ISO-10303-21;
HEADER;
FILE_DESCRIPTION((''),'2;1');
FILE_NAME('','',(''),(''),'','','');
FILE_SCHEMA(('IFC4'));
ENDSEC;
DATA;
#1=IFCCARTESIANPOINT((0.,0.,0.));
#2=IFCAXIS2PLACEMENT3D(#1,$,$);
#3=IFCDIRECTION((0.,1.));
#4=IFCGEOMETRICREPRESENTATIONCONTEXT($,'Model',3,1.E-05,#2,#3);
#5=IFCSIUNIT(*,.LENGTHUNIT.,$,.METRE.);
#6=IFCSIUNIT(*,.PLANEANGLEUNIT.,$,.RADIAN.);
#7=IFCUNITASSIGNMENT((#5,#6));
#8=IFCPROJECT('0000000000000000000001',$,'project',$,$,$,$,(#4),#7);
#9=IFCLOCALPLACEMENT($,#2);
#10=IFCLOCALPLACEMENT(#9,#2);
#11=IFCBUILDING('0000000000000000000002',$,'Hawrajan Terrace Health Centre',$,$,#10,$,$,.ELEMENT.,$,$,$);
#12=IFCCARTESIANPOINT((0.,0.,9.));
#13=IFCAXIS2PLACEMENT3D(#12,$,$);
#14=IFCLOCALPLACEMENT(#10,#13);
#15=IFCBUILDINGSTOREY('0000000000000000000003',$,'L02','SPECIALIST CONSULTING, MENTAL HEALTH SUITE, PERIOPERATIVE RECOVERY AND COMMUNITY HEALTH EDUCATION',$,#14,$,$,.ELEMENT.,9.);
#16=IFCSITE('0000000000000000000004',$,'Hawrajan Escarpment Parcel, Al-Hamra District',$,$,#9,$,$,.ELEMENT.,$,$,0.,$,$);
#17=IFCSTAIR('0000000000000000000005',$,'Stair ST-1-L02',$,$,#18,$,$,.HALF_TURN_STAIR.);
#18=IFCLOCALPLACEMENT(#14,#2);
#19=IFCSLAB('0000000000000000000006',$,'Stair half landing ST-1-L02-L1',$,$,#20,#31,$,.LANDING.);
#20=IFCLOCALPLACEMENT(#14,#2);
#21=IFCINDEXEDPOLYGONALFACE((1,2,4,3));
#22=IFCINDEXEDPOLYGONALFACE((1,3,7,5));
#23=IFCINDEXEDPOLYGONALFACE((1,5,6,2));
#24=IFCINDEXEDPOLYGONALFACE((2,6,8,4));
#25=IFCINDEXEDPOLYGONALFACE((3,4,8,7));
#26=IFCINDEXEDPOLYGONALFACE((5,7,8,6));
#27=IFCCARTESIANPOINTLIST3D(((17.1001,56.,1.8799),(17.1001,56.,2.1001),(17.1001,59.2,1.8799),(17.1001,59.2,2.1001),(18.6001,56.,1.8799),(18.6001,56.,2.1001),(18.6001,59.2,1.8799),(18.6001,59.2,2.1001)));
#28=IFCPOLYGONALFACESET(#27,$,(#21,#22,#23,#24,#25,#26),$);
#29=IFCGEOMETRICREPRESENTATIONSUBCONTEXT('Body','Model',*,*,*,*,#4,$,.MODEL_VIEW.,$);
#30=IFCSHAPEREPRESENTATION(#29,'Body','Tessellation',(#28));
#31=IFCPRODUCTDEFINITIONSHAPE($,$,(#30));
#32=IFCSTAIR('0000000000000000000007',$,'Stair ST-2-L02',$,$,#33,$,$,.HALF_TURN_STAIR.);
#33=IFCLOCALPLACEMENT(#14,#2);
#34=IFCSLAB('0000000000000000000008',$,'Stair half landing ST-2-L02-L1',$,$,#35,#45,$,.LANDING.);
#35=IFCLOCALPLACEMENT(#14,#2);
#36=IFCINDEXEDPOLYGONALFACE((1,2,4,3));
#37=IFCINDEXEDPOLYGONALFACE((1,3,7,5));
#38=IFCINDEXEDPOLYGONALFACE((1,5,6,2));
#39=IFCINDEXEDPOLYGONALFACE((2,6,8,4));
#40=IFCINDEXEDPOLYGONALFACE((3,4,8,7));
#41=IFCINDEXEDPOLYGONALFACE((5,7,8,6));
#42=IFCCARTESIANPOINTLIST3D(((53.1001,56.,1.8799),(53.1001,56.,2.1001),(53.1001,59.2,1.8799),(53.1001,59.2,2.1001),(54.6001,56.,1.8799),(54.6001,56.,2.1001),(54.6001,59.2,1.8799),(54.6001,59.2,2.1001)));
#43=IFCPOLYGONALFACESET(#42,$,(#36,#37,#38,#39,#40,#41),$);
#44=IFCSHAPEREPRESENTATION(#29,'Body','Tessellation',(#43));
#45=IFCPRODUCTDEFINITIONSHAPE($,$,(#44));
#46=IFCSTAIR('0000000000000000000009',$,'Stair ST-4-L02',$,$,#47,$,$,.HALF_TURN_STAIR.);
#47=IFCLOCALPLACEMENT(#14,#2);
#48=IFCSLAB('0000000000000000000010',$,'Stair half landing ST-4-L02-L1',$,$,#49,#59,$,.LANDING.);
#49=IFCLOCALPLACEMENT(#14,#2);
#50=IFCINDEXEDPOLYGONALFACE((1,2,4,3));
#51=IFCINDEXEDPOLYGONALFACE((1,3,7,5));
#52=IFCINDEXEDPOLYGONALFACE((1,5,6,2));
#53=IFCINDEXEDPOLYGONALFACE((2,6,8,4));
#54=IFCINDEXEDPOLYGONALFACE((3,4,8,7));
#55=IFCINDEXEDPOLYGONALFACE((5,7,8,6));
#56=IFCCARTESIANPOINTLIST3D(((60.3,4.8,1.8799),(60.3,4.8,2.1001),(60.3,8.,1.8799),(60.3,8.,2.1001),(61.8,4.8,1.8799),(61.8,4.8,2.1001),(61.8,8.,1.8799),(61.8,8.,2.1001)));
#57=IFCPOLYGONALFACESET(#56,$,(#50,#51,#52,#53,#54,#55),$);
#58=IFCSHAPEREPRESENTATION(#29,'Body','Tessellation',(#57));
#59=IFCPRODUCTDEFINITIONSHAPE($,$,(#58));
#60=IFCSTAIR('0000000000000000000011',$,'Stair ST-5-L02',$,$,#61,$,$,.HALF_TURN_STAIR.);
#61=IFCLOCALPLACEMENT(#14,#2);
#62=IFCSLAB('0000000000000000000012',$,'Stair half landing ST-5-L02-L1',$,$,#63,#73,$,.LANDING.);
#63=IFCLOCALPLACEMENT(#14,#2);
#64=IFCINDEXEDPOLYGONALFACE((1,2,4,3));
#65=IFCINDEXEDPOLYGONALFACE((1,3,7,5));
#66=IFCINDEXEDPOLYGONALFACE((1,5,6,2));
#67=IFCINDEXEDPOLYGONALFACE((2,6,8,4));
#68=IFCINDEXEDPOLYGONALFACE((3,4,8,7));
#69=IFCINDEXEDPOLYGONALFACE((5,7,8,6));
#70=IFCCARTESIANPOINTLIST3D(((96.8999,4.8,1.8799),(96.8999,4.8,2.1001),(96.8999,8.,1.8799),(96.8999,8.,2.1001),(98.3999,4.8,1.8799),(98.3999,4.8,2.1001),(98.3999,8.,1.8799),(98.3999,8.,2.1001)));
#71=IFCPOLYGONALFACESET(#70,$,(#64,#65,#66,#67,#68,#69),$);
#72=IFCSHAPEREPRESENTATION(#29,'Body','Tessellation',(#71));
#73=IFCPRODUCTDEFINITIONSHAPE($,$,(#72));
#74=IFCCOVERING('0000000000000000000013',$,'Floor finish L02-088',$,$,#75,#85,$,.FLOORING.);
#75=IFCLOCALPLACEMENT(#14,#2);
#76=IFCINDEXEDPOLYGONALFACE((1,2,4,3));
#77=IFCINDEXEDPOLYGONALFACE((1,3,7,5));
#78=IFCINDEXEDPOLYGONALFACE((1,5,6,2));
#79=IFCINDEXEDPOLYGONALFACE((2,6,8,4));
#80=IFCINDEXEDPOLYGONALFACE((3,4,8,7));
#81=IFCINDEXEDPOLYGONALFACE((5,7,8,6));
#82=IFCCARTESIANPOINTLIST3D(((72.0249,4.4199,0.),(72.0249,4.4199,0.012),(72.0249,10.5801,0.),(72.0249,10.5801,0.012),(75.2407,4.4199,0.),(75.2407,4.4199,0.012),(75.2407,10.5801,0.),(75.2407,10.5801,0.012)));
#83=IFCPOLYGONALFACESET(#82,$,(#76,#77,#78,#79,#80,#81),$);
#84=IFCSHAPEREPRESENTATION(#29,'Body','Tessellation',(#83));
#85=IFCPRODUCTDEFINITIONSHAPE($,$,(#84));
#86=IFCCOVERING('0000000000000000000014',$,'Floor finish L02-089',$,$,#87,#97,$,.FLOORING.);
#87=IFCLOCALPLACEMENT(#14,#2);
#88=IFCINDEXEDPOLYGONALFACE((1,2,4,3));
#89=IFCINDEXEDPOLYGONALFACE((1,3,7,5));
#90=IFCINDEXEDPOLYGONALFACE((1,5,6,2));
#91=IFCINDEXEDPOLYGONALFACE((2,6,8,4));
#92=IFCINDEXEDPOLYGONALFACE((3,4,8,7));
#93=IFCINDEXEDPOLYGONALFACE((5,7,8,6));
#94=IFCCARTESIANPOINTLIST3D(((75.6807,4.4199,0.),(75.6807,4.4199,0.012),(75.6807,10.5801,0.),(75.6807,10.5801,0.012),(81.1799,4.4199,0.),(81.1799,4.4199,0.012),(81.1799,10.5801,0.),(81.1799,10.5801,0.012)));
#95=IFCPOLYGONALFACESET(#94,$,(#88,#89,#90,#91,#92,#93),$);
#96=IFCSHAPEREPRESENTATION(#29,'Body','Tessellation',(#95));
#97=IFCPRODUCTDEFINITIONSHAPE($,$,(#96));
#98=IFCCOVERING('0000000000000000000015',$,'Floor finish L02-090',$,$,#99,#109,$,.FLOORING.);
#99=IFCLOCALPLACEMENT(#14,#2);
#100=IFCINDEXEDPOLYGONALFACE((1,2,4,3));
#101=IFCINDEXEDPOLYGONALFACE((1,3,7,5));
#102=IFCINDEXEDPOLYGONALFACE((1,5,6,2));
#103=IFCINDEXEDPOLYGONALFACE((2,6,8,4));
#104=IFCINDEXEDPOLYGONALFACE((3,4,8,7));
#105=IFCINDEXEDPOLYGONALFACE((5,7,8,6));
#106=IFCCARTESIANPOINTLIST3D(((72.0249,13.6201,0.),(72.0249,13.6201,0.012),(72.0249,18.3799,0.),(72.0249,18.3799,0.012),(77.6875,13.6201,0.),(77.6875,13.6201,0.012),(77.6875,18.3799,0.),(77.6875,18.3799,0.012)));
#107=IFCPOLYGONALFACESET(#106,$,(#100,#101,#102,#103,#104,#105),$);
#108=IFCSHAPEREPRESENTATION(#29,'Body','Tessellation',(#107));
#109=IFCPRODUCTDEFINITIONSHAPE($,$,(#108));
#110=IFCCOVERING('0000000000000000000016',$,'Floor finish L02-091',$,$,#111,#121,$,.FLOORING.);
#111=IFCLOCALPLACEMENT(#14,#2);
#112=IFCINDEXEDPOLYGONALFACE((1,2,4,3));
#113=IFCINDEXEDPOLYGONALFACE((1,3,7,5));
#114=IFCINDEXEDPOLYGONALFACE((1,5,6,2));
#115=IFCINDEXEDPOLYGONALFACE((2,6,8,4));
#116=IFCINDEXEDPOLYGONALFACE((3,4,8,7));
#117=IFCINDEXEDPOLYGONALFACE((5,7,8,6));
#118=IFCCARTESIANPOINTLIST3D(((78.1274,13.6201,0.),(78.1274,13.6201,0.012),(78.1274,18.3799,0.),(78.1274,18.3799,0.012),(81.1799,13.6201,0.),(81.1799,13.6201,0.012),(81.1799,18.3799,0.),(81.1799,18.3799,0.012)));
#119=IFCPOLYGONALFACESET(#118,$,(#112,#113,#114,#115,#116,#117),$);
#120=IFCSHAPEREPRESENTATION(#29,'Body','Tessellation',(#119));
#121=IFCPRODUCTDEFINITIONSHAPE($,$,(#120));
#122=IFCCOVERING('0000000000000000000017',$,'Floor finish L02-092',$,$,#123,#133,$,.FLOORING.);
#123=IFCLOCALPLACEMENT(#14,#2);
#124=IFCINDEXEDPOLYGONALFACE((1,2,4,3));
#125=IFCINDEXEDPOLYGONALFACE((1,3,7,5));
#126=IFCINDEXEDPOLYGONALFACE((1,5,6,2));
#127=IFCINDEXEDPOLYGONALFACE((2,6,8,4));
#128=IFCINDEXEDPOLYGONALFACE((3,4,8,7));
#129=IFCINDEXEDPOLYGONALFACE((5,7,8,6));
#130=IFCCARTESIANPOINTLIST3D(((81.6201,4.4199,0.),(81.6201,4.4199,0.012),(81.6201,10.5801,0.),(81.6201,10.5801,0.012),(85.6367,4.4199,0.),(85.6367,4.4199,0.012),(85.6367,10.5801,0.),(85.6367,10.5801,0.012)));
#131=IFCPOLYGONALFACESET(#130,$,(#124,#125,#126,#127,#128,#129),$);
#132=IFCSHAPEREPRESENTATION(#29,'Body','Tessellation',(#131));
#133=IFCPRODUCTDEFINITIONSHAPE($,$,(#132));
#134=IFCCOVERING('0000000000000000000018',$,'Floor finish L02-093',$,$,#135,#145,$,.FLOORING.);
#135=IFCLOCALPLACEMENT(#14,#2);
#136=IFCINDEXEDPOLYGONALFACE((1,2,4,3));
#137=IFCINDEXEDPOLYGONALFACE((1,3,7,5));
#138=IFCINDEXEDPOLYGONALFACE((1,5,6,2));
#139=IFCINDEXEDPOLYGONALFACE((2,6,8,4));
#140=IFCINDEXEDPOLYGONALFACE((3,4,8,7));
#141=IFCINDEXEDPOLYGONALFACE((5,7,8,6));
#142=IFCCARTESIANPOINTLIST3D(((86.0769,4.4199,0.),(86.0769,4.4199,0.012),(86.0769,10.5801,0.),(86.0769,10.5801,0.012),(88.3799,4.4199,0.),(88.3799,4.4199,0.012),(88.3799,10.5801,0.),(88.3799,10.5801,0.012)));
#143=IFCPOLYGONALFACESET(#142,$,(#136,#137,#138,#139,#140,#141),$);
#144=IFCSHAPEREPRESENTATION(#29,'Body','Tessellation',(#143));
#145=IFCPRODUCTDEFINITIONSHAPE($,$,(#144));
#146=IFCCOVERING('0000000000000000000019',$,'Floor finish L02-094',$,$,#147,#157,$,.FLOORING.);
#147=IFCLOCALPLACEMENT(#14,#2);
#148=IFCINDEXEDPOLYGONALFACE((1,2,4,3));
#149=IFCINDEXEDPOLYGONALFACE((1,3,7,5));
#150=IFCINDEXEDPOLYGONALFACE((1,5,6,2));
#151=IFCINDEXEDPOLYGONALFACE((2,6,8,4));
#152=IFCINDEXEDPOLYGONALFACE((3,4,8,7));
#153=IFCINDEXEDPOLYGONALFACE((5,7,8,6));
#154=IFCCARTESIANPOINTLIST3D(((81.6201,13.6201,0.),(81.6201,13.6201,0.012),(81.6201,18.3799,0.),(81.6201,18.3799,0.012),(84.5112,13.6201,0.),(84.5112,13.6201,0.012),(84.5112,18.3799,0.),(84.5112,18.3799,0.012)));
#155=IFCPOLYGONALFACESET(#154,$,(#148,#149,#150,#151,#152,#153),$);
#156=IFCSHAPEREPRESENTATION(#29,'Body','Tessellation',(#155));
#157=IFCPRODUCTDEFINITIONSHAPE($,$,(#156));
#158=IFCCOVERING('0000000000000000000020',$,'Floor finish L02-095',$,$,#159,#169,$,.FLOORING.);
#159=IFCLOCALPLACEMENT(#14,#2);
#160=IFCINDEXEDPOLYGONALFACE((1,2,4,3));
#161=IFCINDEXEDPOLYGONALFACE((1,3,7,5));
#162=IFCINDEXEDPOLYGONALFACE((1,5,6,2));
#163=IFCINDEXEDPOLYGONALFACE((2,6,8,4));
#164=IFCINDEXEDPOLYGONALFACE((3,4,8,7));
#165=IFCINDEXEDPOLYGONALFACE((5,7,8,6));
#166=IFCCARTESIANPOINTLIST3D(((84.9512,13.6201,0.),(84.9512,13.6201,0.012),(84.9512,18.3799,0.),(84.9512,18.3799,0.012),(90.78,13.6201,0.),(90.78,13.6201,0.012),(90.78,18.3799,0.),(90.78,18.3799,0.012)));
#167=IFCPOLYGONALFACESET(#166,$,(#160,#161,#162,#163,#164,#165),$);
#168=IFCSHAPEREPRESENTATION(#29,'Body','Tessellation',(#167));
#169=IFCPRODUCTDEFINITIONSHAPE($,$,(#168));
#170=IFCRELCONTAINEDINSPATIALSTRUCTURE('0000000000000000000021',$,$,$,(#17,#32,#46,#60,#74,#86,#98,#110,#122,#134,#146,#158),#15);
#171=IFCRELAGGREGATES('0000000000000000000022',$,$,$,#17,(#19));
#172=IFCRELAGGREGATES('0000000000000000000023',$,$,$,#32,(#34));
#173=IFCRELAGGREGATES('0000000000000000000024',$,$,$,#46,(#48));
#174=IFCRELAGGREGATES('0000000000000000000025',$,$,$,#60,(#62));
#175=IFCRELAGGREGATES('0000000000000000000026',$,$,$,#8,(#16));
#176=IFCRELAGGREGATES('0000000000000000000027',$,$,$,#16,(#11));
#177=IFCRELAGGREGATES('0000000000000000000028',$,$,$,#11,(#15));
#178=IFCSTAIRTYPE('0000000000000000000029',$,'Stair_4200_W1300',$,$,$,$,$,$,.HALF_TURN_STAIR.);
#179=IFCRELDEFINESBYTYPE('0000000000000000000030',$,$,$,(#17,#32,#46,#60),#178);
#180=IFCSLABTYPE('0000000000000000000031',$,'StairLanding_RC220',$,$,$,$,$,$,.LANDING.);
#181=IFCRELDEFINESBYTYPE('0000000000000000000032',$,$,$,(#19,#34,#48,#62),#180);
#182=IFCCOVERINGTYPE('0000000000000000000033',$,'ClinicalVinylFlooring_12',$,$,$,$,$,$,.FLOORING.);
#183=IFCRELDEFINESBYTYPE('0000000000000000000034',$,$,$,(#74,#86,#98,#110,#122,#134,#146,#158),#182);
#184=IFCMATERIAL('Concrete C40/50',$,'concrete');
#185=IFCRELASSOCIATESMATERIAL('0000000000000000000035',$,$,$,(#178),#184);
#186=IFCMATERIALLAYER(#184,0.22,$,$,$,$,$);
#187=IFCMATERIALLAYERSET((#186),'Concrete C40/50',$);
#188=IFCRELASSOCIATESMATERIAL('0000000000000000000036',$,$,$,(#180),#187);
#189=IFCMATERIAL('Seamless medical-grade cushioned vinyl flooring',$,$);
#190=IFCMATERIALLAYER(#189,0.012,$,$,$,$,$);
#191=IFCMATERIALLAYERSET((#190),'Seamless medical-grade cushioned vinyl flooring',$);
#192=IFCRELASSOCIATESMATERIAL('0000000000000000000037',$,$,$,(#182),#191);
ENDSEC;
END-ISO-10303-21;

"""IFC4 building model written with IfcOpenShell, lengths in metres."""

from ifc_helpers import new_model, si_unit, direction, frame, origin, place, context, subcontext, project, spatial, polyline, outline, extrude, material, layer, layer_set, type_object, element, aggregate, save


model = new_model("IFC4")

# Units and contexts
model_context = context("Model", 3, precision=1e-05, world=origin(), true_north=direction((0.0, 1.0)))
body_context = subcontext(model_context, "Body", "Model", "MODEL_VIEW")
ifc_project = project(units=[si_unit("LENGTHUNIT", "METRE"), si_unit("PLANEANGLEUNIT", "RADIAN")], contexts=[model_context])

# Site, building, storey
site_placement = place(None, origin())
site = spatial("IfcSite", under=ifc_project, at=site_placement, Name="Hawrajan Escarpment Parcel, Al-Hamra District", CompositionType="ELEMENT", RefElevation=0.0)
building_placement = place(site_placement, origin())
building = spatial("IfcBuilding", under=site, at=building_placement, Name="Hawrajan Terrace Health Centre", CompositionType="ELEMENT")
storey_placement = place(building_placement, frame((0.0, 0.0, 9.0)))
storey = spatial("IfcBuildingStorey", under=building, at=storey_placement, Name="L02", Description="SPECIALIST CONSULTING, MENTAL HEALTH SUITE, PERIOPERATIVE RECOVERY AND COMMUNITY HEALTH EDUCATION", CompositionType="ELEMENT", Elevation=9.0)

# Stairs, slabs
ifc_material_1 = material(Name="Concrete C40/50", Category="concrete")
stair_type = type_object("IfcStairType", Name="Stair_4200_W1300", PredefinedType="HALF_TURN_STAIR", material=ifc_material_1)
stair_1_placement = place(storey_placement, origin())
stair_1 = element("IfcStair", 1, at=stair_1_placement, inside=storey, type_object=stair_type, Name="Stair ST-1-L02", PredefinedType="HALF_TURN_STAIR")
ifc_layer_1 = layer(ifc_material_1, 0.22)
ifc_layer_set_1 = layer_set([ifc_layer_1], Name="Concrete C40/50")
slab_type = type_object("IfcSlabType", Name="StairLanding_RC220", PredefinedType="LANDING", material=ifc_layer_set_1)
slab_1_placement = place(storey_placement, frame((0.0, 0.0, 1.8799)))
slab_1 = element("IfcSlab", 2, at=slab_1_placement, type_object=slab_type, Name="Stair half landing ST-1-L02-L1", PredefinedType="LANDING", context=body_context, shape_type="SweptSolid", body=[
    extrude(outline(polyline([(17.1001, 56.0), (18.6001, 56.0), (18.6001, 59.2), (17.1001, 59.2), (17.1001, 56.0)])), origin(), (0.0, 0.0, 1.0), 0.2202),
])
aggregate(stair_1, [slab_1])
stair_2_placement = place(storey_placement, origin())
stair_2 = element("IfcStair", 3, at=stair_2_placement, inside=storey, type_object=stair_type, Name="Stair ST-2-L02", PredefinedType="HALF_TURN_STAIR")
slab_2_placement = place(storey_placement, frame((0.0, 0.0, 1.8799)))
slab_2 = element("IfcSlab", 4, at=slab_2_placement, type_object=slab_type, Name="Stair half landing ST-2-L02-L1", PredefinedType="LANDING", context=body_context, shape_type="SweptSolid", body=[
    extrude(outline(polyline([(53.1001, 56.0), (54.6001, 56.0), (54.6001, 59.2), (53.1001, 59.2), (53.1001, 56.0)])), origin(), (0.0, 0.0, 1.0), 0.2202),
])
aggregate(stair_2, [slab_2])
stair_3_placement = place(storey_placement, origin())
stair_3 = element("IfcStair", 5, at=stair_3_placement, inside=storey, type_object=stair_type, Name="Stair ST-4-L02", PredefinedType="HALF_TURN_STAIR")
slab_3_placement = place(storey_placement, frame((0.0, 0.0, 1.8799)))
slab_3 = element("IfcSlab", 6, at=slab_3_placement, type_object=slab_type, Name="Stair half landing ST-4-L02-L1", PredefinedType="LANDING", context=body_context, shape_type="SweptSolid", body=[
    extrude(outline(polyline([(60.3, 4.8), (61.8, 4.8), (61.8, 8.0), (60.3, 8.0), (60.3, 4.8)])), origin(), (0.0, 0.0, 1.0), 0.2202),
])
aggregate(stair_3, [slab_3])
stair_4_placement = place(storey_placement, origin())
stair_4 = element("IfcStair", 7, at=stair_4_placement, inside=storey, type_object=stair_type, Name="Stair ST-5-L02", PredefinedType="HALF_TURN_STAIR")
slab_4_placement = place(storey_placement, frame((0.0, 0.0, 1.8799)))
slab_4 = element("IfcSlab", 8, at=slab_4_placement, type_object=slab_type, Name="Stair half landing ST-5-L02-L1", PredefinedType="LANDING", context=body_context, shape_type="SweptSolid", body=[
    extrude(outline(polyline([(96.8999, 4.8), (98.3999, 4.8), (98.3999, 8.0), (96.8999, 8.0), (96.8999, 4.8)])), origin(), (0.0, 0.0, 1.0), 0.2202),
])
aggregate(stair_4, [slab_4])

# Coverings
ifc_material_2 = material(Name="Seamless medical-grade cushioned vinyl flooring")
ifc_layer_2 = layer(ifc_material_2, 0.012)
ifc_layer_set_2 = layer_set([ifc_layer_2], Name="Seamless medical-grade cushioned vinyl flooring")
covering_type = type_object("IfcCoveringType", Name="ClinicalVinylFlooring_12", PredefinedType="FLOORING", material=ifc_layer_set_2)
covering_1_placement = place(storey_placement, origin())
element("IfcCovering", 9, at=covering_1_placement, inside=storey, type_object=covering_type, Name="Floor finish L02-088", PredefinedType="FLOORING", context=body_context, shape_type="SweptSolid", body=[
    extrude(outline(polyline([(72.0249, 10.5801), (75.2407, 10.5801), (75.2407, 4.4199), (72.0249, 4.4199), (72.0249, 10.5801)])), origin(), (0.0, 0.0, 1.0), 0.012),
])
covering_2_placement = place(storey_placement, origin())
element("IfcCovering", 10, at=covering_2_placement, inside=storey, type_object=covering_type, Name="Floor finish L02-089", PredefinedType="FLOORING", context=body_context, shape_type="SweptSolid", body=[
    extrude(outline(polyline([(75.6807, 10.5801), (81.1799, 10.5801), (81.1799, 4.4199), (75.6807, 4.4199), (75.6807, 10.5801)])), origin(), (0.0, 0.0, 1.0), 0.012),
])
covering_3_placement = place(storey_placement, origin())
element("IfcCovering", 11, at=covering_3_placement, inside=storey, type_object=covering_type, Name="Floor finish L02-090", PredefinedType="FLOORING", context=body_context, shape_type="SweptSolid", body=[
    extrude(outline(polyline([(72.0249, 18.3799), (77.6875, 18.3799), (77.6875, 13.6201), (72.0249, 13.6201), (72.0249, 18.3799)])), origin(), (0.0, 0.0, 1.0), 0.012),
])
covering_4_placement = place(storey_placement, origin())
element("IfcCovering", 12, at=covering_4_placement, inside=storey, type_object=covering_type, Name="Floor finish L02-091", PredefinedType="FLOORING", context=body_context, shape_type="SweptSolid", body=[
    extrude(outline(polyline([(78.1274, 18.3799), (81.1799, 18.3799), (81.1799, 13.6201), (78.1274, 13.6201), (78.1274, 18.3799)])), origin(), (0.0, 0.0, 1.0), 0.012),
])
covering_5_placement = place(storey_placement, origin())
element("IfcCovering", 13, at=covering_5_placement, inside=storey, type_object=covering_type, Name="Floor finish L02-092", PredefinedType="FLOORING", context=body_context, shape_type="SweptSolid", body=[
    extrude(outline(polyline([(81.6201, 10.5801), (85.6367, 10.5801), (85.6367, 4.4199), (81.6201, 4.4199), (81.6201, 10.5801)])), origin(), (0.0, 0.0, 1.0), 0.012),
])
covering_6_placement = place(storey_placement, origin())
element("IfcCovering", 14, at=covering_6_placement, inside=storey, type_object=covering_type, Name="Floor finish L02-093", PredefinedType="FLOORING", context=body_context, shape_type="SweptSolid", body=[
    extrude(outline(polyline([(86.0769, 10.5801), (88.3799, 10.5801), (88.3799, 4.4199), (86.0769, 4.4199), (86.0769, 10.5801)])), origin(), (0.0, 0.0, 1.0), 0.012),
])
covering_7_placement = place(storey_placement, origin())
element("IfcCovering", 15, at=covering_7_placement, inside=storey, type_object=covering_type, Name="Floor finish L02-094", PredefinedType="FLOORING", context=body_context, shape_type="SweptSolid", body=[
    extrude(outline(polyline([(81.6201, 18.3799), (84.5112, 18.3799), (84.5112, 13.6201), (81.6201, 13.6201), (81.6201, 18.3799)])), origin(), (0.0, 0.0, 1.0), 0.012),
])
covering_8_placement = place(storey_placement, origin())
element("IfcCovering", 16, at=covering_8_placement, inside=storey, type_object=covering_type, Name="Floor finish L02-095", PredefinedType="FLOORING", context=body_context, shape_type="SweptSolid", body=[
    extrude(outline(polyline([(84.9512, 18.3799), (90.78, 18.3799), (90.78, 13.6201), (84.9512, 13.6201), (84.9512, 18.3799)])), origin(), (0.0, 0.0, 1.0), 0.012),
])

save(model, "model.ifc")
